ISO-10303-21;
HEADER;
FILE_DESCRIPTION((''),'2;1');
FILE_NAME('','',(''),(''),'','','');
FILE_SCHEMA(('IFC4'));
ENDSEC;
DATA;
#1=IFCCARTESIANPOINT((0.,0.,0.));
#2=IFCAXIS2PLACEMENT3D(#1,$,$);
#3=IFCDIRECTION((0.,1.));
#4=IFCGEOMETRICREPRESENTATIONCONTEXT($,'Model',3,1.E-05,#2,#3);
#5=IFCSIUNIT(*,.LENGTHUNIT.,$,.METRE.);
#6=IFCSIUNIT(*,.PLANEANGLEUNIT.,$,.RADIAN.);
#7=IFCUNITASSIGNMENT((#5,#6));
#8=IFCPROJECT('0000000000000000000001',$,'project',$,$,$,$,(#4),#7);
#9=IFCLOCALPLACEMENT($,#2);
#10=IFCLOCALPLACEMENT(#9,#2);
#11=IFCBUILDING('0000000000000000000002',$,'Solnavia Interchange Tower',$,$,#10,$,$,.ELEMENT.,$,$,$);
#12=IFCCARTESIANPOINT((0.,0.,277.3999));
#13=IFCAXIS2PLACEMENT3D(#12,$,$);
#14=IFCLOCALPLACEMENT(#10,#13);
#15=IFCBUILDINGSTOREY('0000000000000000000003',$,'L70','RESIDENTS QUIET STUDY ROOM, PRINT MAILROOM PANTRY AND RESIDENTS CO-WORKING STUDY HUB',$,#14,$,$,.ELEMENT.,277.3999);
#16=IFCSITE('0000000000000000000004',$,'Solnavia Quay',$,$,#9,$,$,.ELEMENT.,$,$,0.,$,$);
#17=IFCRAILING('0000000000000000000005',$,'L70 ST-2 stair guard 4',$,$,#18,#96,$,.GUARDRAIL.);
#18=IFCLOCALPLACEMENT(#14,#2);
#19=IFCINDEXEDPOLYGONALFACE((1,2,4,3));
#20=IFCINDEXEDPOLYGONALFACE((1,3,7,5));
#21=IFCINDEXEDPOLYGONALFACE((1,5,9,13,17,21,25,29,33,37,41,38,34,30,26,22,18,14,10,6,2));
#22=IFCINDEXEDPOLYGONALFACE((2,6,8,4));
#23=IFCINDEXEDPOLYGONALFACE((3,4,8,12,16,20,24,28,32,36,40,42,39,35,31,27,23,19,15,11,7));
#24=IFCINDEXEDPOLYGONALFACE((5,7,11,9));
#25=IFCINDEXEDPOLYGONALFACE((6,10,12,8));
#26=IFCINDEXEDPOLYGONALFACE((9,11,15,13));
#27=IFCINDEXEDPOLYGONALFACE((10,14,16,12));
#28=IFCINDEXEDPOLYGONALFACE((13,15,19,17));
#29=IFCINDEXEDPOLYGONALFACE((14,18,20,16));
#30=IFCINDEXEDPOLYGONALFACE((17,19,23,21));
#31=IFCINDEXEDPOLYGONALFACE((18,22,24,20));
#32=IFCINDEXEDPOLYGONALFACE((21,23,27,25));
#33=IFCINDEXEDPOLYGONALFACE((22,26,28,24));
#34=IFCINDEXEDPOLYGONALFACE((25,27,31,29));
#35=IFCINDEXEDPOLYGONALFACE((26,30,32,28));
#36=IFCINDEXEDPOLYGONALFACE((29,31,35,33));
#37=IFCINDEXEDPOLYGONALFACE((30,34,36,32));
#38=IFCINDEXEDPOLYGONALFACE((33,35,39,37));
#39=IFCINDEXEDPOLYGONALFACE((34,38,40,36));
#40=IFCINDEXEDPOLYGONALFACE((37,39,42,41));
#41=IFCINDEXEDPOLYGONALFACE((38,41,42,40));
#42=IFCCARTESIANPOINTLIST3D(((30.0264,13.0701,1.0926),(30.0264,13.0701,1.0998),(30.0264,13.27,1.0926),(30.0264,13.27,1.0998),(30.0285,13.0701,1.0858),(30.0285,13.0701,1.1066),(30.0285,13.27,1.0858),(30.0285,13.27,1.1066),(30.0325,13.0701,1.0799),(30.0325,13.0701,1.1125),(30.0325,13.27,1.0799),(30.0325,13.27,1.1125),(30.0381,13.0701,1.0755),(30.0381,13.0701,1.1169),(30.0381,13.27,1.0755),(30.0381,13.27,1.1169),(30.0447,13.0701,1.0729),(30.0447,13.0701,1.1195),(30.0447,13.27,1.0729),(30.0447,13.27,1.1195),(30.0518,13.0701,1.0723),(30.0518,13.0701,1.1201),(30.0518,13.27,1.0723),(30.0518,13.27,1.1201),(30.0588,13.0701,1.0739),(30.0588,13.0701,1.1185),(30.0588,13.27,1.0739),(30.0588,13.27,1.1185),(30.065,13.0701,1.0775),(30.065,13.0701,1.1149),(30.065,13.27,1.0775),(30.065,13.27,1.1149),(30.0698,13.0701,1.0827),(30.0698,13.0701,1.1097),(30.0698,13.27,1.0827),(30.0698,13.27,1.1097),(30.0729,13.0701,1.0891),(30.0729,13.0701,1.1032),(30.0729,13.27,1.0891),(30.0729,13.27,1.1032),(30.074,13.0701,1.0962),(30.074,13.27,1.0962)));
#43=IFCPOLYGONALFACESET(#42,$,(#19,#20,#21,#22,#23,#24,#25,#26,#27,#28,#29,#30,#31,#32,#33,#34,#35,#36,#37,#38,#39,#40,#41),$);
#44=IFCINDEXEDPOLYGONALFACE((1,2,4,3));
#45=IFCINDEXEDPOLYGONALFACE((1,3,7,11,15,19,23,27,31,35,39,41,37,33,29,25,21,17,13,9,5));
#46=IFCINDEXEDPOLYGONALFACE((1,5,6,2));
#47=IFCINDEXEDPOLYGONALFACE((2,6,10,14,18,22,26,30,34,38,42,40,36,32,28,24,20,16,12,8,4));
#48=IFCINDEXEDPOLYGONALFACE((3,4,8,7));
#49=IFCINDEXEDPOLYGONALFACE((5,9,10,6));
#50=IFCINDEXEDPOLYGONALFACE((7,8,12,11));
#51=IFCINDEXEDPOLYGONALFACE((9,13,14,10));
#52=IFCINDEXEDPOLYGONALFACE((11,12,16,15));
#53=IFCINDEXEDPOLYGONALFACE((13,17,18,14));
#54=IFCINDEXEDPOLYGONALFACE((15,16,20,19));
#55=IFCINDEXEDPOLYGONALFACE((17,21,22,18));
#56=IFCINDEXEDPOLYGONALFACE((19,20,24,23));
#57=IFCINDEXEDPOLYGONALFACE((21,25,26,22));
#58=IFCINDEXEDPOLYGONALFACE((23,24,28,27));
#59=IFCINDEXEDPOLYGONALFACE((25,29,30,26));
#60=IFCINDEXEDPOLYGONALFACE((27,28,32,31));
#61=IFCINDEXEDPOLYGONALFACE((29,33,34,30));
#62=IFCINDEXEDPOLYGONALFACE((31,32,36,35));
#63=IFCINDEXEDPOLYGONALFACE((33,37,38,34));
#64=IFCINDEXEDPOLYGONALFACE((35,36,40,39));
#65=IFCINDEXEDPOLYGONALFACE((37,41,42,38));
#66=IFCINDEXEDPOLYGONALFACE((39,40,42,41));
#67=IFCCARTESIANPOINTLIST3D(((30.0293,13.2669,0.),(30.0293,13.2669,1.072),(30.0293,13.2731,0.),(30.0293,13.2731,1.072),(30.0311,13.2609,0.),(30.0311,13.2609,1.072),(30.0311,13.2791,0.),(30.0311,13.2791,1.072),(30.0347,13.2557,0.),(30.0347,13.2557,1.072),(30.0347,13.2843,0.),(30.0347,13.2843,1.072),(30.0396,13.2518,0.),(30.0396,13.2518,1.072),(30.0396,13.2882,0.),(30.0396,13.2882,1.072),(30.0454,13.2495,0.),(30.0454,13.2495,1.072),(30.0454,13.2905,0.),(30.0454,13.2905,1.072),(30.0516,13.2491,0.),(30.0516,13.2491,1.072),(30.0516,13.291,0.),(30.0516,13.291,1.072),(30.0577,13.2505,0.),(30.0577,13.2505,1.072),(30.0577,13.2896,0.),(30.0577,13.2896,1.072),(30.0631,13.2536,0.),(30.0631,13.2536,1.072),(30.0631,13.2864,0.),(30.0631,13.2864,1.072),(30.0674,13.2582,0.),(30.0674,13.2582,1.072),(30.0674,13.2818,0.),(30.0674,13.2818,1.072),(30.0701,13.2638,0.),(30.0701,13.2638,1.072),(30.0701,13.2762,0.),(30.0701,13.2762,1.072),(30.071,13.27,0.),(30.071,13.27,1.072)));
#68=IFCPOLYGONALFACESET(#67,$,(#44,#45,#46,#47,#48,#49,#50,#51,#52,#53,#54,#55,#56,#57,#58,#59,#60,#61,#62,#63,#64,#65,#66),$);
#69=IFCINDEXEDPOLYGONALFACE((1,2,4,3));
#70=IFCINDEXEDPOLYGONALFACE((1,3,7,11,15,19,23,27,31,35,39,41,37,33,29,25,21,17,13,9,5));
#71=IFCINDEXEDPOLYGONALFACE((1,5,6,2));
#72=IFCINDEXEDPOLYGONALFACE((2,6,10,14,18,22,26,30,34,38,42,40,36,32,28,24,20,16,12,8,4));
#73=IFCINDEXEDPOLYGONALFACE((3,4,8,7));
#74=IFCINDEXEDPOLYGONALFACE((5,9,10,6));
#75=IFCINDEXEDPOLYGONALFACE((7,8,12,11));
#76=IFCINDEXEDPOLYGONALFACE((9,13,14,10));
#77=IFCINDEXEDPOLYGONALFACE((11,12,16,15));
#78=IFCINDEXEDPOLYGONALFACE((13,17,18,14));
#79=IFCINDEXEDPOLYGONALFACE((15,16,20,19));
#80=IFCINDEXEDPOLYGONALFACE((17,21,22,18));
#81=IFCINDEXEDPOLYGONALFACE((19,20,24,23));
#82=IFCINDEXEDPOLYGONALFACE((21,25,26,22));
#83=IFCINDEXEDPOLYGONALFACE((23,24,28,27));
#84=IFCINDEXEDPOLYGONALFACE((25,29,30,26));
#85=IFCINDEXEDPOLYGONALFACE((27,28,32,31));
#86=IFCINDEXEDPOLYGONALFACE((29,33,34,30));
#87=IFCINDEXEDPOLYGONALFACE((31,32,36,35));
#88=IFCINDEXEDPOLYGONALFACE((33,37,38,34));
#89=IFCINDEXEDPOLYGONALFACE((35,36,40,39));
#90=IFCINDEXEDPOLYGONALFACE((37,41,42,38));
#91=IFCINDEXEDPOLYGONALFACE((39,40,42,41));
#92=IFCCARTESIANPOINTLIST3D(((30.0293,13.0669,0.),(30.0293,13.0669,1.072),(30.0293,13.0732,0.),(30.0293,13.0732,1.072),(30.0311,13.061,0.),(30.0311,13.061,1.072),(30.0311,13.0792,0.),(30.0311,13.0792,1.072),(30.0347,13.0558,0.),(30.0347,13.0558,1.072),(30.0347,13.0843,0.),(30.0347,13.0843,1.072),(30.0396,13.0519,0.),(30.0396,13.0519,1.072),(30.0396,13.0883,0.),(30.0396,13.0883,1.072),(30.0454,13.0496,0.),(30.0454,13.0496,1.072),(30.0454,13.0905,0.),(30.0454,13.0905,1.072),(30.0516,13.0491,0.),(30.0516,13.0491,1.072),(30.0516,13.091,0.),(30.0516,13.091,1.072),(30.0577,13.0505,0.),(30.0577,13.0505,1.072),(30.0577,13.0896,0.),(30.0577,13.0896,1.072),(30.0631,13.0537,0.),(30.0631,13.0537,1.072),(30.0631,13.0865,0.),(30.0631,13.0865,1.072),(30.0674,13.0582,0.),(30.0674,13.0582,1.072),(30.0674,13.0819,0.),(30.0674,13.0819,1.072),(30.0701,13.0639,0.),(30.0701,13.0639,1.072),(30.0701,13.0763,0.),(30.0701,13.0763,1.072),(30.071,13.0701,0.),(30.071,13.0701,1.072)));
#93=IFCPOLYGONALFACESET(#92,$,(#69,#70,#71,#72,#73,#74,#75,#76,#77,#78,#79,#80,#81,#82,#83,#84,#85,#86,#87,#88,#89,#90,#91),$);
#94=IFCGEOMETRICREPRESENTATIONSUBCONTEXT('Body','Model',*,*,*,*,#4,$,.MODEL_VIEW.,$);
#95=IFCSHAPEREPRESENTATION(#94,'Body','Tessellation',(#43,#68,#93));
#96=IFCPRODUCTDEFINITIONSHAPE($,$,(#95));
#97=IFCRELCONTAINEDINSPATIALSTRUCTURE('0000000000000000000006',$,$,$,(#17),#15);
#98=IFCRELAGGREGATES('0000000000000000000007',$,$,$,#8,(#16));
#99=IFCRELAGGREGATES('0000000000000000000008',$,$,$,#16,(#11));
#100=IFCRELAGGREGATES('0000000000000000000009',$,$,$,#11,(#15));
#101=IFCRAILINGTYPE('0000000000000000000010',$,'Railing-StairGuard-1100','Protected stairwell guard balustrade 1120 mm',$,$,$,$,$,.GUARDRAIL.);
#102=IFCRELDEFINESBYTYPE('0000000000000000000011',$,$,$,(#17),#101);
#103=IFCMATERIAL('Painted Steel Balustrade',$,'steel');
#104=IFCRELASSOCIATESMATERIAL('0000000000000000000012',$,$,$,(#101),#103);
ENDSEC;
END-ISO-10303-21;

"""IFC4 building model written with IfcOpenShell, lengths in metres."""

from ifc_helpers import new_model, si_unit, direction, frame, origin, origin_2d, place, context, subcontext, project, spatial, circle, extrude, material, type_object, element, save


model = new_model("IFC4")

# Units and contexts
model_context = context("Model", 3, precision=1e-05, world=origin(), true_north=direction((0.0, 1.0)))
body_context = subcontext(model_context, "Body", "Model", "MODEL_VIEW")
ifc_project = project(units=[si_unit("LENGTHUNIT", "METRE"), si_unit("PLANEANGLEUNIT", "RADIAN")], contexts=[model_context])

# Site, building, storey
site_placement = place(None, origin())
site = spatial("IfcSite", under=ifc_project, at=site_placement, Name="Solnavia Quay", CompositionType="ELEMENT", RefElevation=0.0)
building_placement = place(site_placement, origin())
building = spatial("IfcBuilding", under=site, at=building_placement, Name="Solnavia Interchange Tower", CompositionType="ELEMENT")
storey_placement = place(building_placement, frame((0.0, 0.0, 277.3999)))
storey = spatial("IfcBuildingStorey", under=building, at=storey_placement, Name="L70", Description="RESIDENTS QUIET STUDY ROOM, PRINT MAILROOM PANTRY AND RESIDENTS CO-WORKING STUDY HUB", CompositionType="ELEMENT", Elevation=277.3999)

# Railing
ifc_material_1 = material(Name="Painted Steel Balustrade", Category="steel")
railing_type_1 = type_object("IfcRailingType", Name="Railing-StairGuard-1100", Description="Protected stairwell guard balustrade 1120 mm", PredefinedType="GUARDRAIL", material=ifc_material_1)
railing_1_placement = place(storey_placement, frame((30.05, 13.27, 0.0)))
element("IfcRailing", 1, at=railing_1_placement, inside=storey, type_object=railing_type_1, Name="L70 ST-2 stair guard 4", PredefinedType="GUARDRAIL", context=body_context, shape_type="SweptSolid", body=[
    extrude(circle(Radius=0.0239, at=origin_2d()), frame((0.0, 0.0, 1.0962), z_axis=(0.0, -1.0, 0.0), x_axis=(1.0, 0.0, 0.0)), (0.0, 0.0, 1.0), 0.2),
    extrude(circle(Radius=0.021, at=origin_2d()), origin(), (0.0, 0.0, 1.0), 1.072),
    extrude(circle(Radius=0.021, at=origin_2d()), frame((0.0, -0.2, 0.0)), (0.0, 0.0, 1.0), 1.072),
])

save(model, "model.ifc")
